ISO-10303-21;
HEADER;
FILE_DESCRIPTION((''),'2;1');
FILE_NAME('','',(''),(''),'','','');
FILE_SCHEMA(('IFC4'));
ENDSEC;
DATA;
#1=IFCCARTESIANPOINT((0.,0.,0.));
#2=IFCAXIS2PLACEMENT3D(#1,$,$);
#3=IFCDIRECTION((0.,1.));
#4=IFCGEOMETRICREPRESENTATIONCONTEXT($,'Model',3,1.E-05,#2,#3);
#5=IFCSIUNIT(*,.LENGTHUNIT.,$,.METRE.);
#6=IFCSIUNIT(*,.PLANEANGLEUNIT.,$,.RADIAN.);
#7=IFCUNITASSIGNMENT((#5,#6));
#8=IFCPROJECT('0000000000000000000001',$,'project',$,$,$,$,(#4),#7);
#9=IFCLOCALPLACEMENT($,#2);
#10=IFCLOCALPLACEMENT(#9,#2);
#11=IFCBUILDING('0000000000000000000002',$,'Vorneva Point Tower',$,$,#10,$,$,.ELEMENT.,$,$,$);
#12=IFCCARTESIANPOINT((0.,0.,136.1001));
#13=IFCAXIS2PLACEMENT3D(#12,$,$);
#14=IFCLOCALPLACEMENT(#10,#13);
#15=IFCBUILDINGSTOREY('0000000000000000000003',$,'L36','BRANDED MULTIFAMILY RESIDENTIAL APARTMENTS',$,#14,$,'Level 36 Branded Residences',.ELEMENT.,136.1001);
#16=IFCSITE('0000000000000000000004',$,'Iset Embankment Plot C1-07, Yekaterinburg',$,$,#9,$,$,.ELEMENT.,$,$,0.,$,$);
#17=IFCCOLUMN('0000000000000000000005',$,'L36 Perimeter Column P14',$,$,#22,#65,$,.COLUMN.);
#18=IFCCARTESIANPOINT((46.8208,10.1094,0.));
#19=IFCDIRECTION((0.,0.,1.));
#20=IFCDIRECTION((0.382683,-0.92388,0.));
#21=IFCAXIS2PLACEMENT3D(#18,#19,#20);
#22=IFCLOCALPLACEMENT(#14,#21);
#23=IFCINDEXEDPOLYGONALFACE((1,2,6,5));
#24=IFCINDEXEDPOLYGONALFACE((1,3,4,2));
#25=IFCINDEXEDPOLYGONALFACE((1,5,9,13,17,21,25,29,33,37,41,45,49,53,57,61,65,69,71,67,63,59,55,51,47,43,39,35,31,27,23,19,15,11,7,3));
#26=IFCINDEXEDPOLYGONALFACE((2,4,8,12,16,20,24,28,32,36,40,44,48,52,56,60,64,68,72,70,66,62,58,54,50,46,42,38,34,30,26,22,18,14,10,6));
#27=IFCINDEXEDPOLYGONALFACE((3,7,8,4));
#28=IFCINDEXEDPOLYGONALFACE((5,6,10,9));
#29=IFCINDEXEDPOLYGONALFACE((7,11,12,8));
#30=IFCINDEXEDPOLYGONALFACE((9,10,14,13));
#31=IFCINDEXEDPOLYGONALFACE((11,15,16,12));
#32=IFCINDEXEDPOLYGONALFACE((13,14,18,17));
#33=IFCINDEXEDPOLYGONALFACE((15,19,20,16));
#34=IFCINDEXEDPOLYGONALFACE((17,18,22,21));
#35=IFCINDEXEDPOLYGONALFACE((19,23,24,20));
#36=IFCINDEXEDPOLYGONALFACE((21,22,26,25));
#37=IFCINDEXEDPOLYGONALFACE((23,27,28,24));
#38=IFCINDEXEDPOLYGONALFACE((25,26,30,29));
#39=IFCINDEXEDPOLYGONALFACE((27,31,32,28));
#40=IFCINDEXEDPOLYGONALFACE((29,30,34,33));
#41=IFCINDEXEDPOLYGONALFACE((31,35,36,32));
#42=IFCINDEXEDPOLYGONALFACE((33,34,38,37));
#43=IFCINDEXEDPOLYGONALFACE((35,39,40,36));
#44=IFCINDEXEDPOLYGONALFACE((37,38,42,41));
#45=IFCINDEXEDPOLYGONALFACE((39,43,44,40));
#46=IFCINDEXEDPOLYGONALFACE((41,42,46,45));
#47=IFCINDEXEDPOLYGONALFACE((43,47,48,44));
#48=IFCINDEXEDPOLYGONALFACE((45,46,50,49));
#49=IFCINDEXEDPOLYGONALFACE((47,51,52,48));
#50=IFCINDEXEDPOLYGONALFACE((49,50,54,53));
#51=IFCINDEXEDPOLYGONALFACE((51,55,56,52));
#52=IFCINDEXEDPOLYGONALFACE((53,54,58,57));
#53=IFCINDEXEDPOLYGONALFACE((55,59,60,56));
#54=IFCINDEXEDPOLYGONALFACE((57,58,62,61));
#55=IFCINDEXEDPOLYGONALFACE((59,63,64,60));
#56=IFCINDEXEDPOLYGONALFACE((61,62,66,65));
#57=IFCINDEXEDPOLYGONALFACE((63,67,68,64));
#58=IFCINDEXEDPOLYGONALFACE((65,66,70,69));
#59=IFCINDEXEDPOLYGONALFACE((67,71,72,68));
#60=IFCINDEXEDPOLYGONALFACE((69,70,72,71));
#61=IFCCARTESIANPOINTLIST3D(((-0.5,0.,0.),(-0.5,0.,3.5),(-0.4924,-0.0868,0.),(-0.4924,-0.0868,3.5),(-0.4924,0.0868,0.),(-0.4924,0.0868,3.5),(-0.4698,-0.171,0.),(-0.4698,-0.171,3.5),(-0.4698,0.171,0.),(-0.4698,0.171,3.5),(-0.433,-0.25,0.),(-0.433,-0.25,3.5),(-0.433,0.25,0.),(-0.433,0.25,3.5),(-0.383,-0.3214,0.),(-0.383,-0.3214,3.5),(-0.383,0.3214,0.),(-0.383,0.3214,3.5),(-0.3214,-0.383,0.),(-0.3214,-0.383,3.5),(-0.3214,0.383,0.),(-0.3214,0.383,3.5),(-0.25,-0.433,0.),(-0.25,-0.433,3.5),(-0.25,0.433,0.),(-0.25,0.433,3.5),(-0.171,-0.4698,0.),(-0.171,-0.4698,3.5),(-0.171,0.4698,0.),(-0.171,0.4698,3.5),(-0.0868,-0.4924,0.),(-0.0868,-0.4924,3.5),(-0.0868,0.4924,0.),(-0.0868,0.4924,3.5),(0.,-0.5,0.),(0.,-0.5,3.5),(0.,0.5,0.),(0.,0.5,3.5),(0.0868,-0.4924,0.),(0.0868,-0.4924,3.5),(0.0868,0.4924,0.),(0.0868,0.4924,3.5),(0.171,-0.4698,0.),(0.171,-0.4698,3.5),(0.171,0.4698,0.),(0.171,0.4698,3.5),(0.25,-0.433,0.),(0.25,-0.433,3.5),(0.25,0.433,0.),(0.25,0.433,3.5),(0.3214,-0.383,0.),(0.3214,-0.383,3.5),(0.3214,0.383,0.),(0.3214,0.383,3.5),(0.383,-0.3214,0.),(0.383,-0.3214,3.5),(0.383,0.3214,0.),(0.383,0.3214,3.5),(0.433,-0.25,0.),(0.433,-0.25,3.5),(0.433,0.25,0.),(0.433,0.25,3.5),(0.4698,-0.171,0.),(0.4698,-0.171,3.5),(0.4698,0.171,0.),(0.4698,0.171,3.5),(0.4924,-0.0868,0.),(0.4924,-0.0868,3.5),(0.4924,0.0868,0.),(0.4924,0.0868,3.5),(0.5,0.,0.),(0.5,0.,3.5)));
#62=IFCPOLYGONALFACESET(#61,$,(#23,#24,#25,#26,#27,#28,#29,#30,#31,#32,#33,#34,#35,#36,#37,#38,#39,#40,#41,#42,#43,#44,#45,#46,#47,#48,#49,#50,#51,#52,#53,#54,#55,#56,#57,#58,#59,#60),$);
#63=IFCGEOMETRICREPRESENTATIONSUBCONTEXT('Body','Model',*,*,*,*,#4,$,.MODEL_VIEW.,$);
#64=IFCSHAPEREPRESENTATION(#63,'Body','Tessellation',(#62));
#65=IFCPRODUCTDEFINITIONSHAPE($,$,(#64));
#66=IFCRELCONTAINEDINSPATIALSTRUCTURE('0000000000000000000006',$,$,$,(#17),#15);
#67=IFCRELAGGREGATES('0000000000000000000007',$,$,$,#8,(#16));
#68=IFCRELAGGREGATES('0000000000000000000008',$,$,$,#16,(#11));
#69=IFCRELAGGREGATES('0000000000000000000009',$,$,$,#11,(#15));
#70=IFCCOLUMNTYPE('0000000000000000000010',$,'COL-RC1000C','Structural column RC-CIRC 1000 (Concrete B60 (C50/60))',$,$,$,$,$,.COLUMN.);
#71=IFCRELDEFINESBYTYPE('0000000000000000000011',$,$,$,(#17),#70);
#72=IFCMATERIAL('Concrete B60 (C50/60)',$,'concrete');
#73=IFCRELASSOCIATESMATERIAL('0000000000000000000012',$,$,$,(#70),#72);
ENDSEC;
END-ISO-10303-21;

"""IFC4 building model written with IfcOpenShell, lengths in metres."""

from ifc_helpers import new_model, si_unit, direction, frame, origin, origin_2d, place, context, subcontext, project, spatial, circle, extrude, material, material_profile, profile_set, type_object, element, save


model = new_model("IFC4")

# Units and contexts
model_context = context("Model", 3, precision=1e-05, world=origin(), true_north=direction((0.0, 1.0)))
body_context = subcontext(model_context, "Body", "Model", "MODEL_VIEW")
ifc_project = project(units=[si_unit("LENGTHUNIT", "METRE"), si_unit("PLANEANGLEUNIT", "RADIAN")], contexts=[model_context])

# Site, building, storey
site_placement = place(None, origin())
site = spatial("IfcSite", under=ifc_project, at=site_placement, Name="Iset Embankment Plot C1-07, Yekaterinburg", CompositionType="ELEMENT", RefElevation=0.0)
building_placement = place(site_placement, origin())
building = spatial("IfcBuilding", under=site, at=building_placement, Name="Vorneva Point Tower", CompositionType="ELEMENT")
storey_placement = place(building_placement, frame((0.0, 0.0, 136.1001)))
storey = spatial("IfcBuildingStorey", under=building, at=storey_placement, Name="L36", Description="BRANDED MULTIFAMILY RESIDENTIAL APARTMENTS", LongName="Level 36 Branded Residences", CompositionType="ELEMENT", Elevation=136.1001)

# Column
ifc_material_1 = material(Name="Concrete B60 (C50/60)", Category="concrete")
ifc_material_profile_1 = material_profile(ifc_material_1, circle(Radius=0.5, at=origin_2d()), Name="RC-CIRC 1000")
ifc_profile_set_1 = profile_set([ifc_material_profile_1], Name="Concrete B60 (C50/60)")
column_type = type_object("IfcColumnType", Name="COL-RC1000C", Description="Structural column RC-CIRC 1000 (Concrete B60 (C50/60))", PredefinedType="COLUMN", material=ifc_profile_set_1)
for number, where, z_axis, x_axis, name in (
    (1, (46.8208, 10.1094, 0.0), (0.0, 0.0, 1.0), (0.382683, -0.92388, 0.0), "L36 Perimeter Column P14"),
):
    element("IfcColumn", number, at=place(storey_placement, frame(where, z_axis=z_axis, x_axis=x_axis)), inside=storey, type_object=column_type, Name=name, PredefinedType="COLUMN", context=body_context, shape_type="SweptSolid", body=[
        extrude(circle(Radius=0.5, at=origin_2d()), origin(), (0.0, 0.0, 1.0), 3.5),
    ])

save(model, "model.ifc")
